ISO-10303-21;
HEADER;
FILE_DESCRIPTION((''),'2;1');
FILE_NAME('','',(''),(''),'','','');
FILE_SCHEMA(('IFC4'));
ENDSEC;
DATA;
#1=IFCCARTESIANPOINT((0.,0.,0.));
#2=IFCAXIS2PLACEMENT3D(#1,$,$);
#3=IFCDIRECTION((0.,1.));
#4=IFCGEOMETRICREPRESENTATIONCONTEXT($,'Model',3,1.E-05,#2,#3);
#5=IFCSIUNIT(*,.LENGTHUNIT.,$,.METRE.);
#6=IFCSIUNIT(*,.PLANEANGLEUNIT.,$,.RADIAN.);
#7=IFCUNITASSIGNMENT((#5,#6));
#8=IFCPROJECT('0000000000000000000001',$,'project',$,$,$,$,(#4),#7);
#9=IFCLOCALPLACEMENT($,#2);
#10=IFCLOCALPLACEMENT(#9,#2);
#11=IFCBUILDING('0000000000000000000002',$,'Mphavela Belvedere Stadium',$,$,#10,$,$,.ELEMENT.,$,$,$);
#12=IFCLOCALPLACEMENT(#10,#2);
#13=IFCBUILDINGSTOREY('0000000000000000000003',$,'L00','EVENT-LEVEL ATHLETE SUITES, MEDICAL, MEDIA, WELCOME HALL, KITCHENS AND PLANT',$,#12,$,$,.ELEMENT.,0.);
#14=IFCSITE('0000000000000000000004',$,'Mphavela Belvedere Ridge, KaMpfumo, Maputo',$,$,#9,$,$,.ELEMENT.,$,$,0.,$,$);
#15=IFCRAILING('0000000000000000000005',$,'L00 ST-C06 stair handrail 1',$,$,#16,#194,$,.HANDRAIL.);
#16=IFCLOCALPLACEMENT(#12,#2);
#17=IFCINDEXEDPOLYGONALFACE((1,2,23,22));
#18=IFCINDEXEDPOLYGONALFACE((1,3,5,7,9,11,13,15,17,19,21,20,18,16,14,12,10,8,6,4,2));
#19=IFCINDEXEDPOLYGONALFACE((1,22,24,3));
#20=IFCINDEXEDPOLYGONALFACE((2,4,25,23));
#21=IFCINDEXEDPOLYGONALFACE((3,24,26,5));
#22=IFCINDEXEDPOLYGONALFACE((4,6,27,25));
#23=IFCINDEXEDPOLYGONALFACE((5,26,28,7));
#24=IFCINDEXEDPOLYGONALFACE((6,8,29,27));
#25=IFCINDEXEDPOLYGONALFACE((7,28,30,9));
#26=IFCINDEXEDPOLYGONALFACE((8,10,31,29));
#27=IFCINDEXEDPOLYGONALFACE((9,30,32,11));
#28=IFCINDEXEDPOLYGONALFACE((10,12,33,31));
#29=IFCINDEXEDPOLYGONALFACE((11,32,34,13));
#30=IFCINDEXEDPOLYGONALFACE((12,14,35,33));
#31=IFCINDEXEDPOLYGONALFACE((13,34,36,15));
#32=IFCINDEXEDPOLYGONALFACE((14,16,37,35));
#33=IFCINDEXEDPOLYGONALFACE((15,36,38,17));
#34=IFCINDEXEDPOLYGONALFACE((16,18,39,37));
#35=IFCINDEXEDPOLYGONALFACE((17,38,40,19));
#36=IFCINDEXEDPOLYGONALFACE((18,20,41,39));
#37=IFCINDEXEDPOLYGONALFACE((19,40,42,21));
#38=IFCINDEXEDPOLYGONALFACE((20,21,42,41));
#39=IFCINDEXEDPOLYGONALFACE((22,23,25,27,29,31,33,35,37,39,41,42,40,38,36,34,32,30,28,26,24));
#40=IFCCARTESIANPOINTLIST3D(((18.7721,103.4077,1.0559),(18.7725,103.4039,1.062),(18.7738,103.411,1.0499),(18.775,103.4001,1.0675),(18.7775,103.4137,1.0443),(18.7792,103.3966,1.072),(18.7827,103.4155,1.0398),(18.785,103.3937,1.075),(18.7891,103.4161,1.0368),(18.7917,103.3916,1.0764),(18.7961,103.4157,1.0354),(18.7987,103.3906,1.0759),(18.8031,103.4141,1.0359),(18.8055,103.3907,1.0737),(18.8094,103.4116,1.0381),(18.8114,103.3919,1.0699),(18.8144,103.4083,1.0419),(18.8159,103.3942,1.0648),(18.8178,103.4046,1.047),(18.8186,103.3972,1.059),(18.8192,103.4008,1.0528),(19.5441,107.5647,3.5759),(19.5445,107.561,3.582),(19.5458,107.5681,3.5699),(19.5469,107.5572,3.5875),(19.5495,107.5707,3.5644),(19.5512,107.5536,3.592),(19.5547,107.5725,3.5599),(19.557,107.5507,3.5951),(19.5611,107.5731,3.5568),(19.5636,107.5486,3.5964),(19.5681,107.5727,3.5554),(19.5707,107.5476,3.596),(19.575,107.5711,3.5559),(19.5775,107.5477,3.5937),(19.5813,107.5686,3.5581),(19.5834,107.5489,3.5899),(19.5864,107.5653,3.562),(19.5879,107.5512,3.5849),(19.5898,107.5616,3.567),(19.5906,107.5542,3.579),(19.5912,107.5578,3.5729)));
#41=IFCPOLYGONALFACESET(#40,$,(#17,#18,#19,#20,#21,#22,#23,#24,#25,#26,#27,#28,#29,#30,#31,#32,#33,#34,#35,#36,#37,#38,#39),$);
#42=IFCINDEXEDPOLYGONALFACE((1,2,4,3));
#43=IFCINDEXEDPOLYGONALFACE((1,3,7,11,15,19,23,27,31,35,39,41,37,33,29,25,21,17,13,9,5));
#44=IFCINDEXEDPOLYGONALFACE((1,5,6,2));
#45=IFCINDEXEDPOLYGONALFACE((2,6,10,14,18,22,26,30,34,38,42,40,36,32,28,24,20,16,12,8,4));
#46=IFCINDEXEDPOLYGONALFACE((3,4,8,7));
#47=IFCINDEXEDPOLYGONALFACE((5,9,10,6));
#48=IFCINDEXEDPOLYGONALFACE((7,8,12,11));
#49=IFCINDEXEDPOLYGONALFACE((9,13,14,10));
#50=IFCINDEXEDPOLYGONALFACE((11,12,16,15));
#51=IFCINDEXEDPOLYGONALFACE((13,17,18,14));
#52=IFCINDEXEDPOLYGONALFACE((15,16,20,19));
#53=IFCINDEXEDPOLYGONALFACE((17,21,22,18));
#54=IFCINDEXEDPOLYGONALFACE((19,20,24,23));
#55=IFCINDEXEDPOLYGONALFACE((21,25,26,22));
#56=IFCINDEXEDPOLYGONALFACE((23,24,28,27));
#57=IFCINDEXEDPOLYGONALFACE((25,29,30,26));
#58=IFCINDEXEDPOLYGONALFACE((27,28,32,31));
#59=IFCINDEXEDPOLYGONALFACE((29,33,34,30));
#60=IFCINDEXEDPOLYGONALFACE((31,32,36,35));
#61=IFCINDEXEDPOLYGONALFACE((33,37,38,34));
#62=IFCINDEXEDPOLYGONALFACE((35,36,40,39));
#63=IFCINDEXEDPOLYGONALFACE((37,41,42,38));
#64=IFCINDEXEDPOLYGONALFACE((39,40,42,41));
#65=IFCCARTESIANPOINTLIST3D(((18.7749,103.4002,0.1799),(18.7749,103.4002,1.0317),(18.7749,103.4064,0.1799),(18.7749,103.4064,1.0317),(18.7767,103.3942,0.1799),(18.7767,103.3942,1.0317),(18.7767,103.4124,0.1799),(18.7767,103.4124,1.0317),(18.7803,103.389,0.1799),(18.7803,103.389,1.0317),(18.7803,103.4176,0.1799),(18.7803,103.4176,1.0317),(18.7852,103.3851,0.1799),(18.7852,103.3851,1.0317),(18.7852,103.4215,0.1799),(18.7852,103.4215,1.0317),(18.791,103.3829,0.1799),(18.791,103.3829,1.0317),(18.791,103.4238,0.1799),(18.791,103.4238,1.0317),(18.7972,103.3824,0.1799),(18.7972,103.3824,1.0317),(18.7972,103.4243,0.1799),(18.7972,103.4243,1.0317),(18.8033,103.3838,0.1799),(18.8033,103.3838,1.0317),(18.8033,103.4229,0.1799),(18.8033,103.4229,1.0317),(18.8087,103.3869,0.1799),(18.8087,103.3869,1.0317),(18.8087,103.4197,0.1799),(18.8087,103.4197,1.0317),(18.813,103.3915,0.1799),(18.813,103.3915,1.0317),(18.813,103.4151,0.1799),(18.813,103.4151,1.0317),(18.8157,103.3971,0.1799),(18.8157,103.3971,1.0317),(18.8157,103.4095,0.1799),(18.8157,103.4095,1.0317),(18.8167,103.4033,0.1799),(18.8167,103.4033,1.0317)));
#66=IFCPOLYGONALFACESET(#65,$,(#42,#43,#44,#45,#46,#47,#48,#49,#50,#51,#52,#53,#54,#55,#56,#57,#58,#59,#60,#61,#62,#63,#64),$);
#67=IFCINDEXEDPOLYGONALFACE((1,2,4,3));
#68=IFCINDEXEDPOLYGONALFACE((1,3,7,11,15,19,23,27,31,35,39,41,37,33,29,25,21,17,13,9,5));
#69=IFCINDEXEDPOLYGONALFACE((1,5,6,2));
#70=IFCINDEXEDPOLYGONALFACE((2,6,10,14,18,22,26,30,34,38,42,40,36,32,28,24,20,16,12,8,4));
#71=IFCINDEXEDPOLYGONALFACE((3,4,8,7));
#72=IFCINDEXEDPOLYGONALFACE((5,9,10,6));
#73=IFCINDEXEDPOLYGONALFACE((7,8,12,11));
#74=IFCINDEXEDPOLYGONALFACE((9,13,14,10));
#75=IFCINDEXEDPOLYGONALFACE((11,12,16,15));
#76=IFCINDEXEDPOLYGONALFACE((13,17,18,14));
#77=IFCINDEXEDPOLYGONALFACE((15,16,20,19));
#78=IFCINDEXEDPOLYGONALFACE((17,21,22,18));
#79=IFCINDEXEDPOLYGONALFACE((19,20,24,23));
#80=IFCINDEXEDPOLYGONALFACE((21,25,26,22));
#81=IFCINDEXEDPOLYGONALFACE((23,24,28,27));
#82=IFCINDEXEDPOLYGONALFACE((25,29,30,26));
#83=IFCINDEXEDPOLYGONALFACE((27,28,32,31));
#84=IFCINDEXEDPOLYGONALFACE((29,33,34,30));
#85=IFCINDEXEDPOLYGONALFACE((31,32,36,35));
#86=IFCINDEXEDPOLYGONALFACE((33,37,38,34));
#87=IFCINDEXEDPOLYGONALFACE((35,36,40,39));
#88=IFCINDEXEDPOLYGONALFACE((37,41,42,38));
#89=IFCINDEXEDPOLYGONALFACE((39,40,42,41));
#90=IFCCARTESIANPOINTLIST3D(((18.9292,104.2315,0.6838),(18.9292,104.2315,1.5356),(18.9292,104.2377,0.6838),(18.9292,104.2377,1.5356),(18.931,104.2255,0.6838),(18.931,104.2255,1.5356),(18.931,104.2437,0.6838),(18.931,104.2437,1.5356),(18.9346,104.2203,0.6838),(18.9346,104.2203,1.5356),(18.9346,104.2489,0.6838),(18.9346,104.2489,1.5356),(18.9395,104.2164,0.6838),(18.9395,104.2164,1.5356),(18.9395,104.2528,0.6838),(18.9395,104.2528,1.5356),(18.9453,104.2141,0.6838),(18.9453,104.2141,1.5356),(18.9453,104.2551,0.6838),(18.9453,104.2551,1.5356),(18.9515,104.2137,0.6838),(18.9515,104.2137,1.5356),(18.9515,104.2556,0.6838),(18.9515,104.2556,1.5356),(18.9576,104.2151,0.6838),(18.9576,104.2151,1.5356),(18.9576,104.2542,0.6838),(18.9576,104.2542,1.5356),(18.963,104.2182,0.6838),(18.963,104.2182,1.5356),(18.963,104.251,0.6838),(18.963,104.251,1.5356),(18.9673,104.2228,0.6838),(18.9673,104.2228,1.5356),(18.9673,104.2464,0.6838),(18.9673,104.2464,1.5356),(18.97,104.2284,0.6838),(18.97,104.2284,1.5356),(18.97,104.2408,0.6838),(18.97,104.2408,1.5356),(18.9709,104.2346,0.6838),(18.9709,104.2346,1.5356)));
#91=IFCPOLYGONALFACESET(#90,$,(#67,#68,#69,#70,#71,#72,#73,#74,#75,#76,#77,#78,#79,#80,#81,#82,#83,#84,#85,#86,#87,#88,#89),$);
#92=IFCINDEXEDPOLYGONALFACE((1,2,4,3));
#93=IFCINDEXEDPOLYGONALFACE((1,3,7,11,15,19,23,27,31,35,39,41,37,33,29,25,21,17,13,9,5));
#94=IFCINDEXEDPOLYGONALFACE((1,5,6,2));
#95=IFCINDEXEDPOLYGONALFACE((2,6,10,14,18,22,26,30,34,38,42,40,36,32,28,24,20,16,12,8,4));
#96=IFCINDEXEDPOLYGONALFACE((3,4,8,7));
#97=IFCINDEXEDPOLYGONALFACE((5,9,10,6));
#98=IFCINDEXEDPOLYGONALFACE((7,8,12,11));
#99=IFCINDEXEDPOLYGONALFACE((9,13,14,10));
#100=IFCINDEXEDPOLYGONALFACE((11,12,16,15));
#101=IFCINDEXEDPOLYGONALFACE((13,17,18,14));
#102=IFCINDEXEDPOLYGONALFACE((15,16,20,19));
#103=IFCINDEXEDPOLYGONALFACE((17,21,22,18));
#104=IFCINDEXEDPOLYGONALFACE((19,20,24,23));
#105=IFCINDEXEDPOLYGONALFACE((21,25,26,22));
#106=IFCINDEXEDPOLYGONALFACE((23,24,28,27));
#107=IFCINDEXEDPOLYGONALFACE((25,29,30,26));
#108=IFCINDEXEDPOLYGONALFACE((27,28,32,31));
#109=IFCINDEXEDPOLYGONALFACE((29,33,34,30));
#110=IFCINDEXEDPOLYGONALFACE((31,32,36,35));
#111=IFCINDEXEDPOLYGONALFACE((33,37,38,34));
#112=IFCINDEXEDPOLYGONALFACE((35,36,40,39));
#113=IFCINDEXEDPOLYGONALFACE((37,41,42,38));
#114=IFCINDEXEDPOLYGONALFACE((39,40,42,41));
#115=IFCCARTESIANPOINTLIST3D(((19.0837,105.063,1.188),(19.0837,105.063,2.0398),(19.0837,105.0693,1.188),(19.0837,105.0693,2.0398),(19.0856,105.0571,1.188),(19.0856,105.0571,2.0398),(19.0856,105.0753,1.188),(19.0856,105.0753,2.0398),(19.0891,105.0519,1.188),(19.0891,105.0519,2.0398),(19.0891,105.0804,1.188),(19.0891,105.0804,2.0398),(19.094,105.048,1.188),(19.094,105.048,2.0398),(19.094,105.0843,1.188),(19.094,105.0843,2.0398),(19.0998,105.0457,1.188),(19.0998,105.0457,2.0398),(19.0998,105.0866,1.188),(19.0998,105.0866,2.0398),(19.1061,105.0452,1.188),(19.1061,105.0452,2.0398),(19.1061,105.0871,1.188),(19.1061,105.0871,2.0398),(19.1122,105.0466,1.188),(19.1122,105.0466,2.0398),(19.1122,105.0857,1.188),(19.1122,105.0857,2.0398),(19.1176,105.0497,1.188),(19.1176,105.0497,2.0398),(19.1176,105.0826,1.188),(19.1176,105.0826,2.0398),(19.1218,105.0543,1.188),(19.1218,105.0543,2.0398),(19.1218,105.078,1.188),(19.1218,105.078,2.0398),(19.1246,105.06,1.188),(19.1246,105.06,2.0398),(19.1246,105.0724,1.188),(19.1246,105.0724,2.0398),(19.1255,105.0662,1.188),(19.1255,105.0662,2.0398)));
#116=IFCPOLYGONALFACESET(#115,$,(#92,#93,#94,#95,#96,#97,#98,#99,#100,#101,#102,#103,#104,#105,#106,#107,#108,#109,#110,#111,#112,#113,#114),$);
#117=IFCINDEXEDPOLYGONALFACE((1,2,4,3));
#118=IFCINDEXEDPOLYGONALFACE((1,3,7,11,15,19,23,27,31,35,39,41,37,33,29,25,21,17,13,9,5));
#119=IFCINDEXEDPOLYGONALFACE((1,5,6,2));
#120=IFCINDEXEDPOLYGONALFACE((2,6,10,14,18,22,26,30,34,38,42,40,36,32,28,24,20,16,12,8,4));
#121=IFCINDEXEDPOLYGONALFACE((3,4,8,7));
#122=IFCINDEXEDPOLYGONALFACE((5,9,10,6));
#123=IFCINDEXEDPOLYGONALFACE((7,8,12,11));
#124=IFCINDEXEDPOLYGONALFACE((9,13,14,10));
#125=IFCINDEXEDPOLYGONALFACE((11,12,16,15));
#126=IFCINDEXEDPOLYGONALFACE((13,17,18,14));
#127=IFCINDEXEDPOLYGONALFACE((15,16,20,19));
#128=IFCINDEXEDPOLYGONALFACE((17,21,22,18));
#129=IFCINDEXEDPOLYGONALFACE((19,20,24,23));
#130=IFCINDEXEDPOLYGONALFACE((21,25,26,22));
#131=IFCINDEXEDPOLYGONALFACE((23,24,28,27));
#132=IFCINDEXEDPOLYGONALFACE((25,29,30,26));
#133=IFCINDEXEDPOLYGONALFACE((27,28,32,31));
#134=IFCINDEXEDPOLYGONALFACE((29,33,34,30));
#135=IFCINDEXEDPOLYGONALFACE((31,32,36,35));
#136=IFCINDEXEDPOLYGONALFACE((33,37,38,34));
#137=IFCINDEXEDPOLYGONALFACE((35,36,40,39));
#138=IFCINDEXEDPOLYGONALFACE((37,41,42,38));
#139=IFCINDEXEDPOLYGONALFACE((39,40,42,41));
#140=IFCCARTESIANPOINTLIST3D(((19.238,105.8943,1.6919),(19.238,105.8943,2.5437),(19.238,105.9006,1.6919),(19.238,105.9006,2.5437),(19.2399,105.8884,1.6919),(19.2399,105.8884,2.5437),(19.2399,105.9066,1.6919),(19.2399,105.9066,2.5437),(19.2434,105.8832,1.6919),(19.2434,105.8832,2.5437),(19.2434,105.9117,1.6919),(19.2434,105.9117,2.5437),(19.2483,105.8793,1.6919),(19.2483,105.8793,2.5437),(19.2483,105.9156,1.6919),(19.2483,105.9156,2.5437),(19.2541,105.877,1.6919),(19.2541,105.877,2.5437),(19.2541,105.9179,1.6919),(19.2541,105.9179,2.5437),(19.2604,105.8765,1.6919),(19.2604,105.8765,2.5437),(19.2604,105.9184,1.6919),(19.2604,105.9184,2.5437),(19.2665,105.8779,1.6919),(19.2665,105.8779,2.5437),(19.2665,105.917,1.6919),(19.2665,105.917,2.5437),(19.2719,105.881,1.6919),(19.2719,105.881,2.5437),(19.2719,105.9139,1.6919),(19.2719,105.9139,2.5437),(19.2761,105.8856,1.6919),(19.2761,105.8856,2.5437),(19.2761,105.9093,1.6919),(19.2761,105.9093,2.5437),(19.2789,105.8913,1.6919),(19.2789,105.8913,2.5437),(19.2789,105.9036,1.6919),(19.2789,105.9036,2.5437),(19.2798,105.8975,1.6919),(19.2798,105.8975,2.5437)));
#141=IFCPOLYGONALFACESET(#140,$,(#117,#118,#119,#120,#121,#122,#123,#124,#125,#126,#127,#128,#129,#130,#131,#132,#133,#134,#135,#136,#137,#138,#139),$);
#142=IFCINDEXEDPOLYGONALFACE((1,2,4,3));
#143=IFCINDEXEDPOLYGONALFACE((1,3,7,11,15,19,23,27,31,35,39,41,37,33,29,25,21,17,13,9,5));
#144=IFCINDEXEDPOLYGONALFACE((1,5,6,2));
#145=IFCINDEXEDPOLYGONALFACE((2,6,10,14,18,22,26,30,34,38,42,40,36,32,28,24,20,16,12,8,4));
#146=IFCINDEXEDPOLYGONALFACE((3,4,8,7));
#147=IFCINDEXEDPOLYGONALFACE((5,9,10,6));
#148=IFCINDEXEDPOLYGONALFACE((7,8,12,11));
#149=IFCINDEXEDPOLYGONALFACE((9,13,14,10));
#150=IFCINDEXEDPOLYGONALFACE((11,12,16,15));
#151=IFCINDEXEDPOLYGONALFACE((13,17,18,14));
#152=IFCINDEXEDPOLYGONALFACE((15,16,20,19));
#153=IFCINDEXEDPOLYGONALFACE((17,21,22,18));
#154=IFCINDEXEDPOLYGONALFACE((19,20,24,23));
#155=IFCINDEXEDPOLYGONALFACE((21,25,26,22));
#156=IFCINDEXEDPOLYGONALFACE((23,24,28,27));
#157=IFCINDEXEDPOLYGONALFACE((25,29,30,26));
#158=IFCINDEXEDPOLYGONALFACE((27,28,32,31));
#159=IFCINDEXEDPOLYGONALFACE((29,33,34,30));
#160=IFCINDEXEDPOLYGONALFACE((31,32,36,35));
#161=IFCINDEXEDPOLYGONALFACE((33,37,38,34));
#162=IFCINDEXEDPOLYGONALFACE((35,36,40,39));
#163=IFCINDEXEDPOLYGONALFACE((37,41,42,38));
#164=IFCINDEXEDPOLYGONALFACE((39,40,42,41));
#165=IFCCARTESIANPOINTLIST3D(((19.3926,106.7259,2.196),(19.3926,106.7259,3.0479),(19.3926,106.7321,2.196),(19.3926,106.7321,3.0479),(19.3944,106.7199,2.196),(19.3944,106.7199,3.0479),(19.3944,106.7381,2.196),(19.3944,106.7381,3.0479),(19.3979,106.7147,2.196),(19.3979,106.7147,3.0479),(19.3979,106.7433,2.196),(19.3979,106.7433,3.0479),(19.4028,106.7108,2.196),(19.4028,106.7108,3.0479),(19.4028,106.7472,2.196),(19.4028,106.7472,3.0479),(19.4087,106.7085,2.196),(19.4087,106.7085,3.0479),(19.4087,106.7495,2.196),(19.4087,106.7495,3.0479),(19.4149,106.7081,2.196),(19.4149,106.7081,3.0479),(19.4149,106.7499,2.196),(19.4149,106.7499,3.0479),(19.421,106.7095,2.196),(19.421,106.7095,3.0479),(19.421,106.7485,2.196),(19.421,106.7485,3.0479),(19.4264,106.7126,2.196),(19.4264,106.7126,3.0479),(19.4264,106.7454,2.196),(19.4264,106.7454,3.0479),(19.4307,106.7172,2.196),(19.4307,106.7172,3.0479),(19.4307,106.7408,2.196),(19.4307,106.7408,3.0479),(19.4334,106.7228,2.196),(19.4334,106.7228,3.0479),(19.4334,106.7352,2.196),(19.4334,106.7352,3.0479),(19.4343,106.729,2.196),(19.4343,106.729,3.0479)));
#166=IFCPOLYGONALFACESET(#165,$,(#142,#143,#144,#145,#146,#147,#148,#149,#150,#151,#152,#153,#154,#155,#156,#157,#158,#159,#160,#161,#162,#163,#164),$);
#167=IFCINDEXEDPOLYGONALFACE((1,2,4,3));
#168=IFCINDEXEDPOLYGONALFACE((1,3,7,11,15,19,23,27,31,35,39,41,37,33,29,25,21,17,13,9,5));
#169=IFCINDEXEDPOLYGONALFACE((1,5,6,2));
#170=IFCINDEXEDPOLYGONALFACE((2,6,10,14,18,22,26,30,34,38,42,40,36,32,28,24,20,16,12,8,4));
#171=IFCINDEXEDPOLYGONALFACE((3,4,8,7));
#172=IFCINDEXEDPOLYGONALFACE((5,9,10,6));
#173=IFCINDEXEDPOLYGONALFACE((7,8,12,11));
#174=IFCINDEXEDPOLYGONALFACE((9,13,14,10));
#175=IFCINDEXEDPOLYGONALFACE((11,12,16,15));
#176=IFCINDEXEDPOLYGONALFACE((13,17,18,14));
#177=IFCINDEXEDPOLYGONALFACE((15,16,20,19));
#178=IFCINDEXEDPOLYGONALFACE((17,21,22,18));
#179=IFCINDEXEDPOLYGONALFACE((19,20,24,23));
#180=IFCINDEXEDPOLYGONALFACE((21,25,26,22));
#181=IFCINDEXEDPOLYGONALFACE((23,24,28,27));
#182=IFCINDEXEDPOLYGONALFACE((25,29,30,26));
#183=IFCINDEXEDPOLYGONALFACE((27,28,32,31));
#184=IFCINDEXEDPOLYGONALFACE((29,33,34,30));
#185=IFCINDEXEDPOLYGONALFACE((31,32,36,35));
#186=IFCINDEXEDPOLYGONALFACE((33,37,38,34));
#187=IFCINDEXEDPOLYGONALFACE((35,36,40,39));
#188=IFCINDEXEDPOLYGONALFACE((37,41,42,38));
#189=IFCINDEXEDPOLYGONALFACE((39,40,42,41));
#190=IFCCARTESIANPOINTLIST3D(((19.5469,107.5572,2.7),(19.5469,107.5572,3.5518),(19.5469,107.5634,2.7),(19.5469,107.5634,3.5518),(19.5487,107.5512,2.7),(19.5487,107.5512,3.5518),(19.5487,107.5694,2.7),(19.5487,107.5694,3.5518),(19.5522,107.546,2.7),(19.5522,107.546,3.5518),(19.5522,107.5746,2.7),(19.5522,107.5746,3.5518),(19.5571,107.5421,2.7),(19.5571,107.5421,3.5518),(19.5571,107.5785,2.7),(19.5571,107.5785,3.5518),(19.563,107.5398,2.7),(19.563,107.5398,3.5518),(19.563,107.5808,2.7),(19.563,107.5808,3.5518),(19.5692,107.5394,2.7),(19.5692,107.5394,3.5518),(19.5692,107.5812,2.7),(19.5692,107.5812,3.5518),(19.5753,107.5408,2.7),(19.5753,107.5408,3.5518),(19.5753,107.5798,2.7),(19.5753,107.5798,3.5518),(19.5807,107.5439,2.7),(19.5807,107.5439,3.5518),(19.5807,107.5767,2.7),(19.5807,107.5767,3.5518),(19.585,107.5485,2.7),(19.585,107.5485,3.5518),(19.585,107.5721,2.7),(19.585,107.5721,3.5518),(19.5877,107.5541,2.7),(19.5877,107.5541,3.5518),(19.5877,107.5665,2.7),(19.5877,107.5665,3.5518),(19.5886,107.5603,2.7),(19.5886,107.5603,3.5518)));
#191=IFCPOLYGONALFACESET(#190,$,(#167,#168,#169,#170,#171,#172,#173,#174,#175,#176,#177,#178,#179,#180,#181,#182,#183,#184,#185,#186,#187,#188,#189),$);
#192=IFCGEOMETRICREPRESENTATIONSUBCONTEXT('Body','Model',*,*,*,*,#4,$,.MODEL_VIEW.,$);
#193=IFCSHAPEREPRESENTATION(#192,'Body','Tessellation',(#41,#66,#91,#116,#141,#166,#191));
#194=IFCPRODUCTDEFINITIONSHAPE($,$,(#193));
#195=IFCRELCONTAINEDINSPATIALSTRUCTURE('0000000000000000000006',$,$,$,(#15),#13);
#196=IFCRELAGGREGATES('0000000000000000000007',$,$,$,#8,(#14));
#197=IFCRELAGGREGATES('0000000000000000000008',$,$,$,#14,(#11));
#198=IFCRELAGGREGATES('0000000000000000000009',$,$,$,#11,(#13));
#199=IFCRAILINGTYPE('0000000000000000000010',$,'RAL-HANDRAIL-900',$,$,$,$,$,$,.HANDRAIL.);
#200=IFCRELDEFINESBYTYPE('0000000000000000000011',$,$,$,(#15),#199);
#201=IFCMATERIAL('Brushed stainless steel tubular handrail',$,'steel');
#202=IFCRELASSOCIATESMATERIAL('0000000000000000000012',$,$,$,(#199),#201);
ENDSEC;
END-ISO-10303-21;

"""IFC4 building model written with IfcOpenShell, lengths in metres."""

from ifc_helpers import new_model, si_unit, direction, frame, origin, origin_2d, place, context, subcontext, project, spatial, circle, extrude, material, type_object, element, save


model = new_model("IFC4")

# Units and contexts
model_context = context("Model", 3, precision=1e-05, world=origin(), true_north=direction((0.0, 1.0)))
body_context = subcontext(model_context, "Body", "Model", "MODEL_VIEW")
ifc_project = project(units=[si_unit("LENGTHUNIT", "METRE"), si_unit("PLANEANGLEUNIT", "RADIAN")], contexts=[model_context])

# Site, building, storey
site_placement = place(None, origin())
site = spatial("IfcSite", under=ifc_project, at=site_placement, Name="Mphavela Belvedere Ridge, KaMpfumo, Maputo", CompositionType="ELEMENT", RefElevation=0.0)
building_placement = place(site_placement, origin())
building = spatial("IfcBuilding", under=site, at=building_placement, Name="Mphavela Belvedere Stadium", CompositionType="ELEMENT")
storey_placement = place(building_placement, origin())
storey = spatial("IfcBuildingStorey", under=building, at=storey_placement, Name="L00", Description="EVENT-LEVEL ATHLETE SUITES, MEDICAL, MEDIA, WELCOME HALL, KITCHENS AND PLANT", CompositionType="ELEMENT", Elevation=0.0)

# Railing
ifc_material_1 = material(Name="Brushed stainless steel tubular handrail", Category="steel")
railing_type = type_object("IfcRailingType", Name="RAL-HANDRAIL-900", PredefinedType="HANDRAIL", material=ifc_material_1)
railing_placement = place(storey_placement, frame((18.7957, 103.4033, 0.1799)))
element("IfcRailing", 1, at=railing_placement, inside=storey, type_object=railing_type, Name="L00 ST-C06 stair handrail 1", PredefinedType="HANDRAIL", context=body_context, shape_type="SweptSolid", body=[
    extrude(circle(Radius=0.0239, at=origin_2d()), frame((0.0, 0.0, 0.876), z_axis=(0.156838, 0.844557, 0.511982), x_axis=(-0.98319, 0.182583, 0.0)), (0.0, 0.0, 1.0), 4.9221),
    extrude(circle(Radius=0.021, at=origin_2d()), origin(), (0.0, 0.0, 1.0), 0.8518),
    extrude(circle(Radius=0.021, at=origin_2d()), frame((0.1543, 0.8313, 0.5039)), (0.0, 0.0, 1.0), 0.8518),
    extrude(circle(Radius=0.021, at=origin_2d()), frame((0.3088, 1.6628, 1.0081)), (0.0, 0.0, 1.0), 0.8518),
    extrude(circle(Radius=0.021, at=origin_2d()), frame((0.4631, 2.4941, 1.512)), (0.0, 0.0, 1.0), 0.8518),
    extrude(circle(Radius=0.021, at=origin_2d()), frame((0.6177, 3.3257, 2.0161)), (0.0, 0.0, 1.0), 0.8518),
    extrude(circle(Radius=0.021, at=origin_2d()), frame((0.772, 4.157, 2.52)), (0.0, 0.0, 1.0), 0.8518),
])

save(model, "model.ifc")
